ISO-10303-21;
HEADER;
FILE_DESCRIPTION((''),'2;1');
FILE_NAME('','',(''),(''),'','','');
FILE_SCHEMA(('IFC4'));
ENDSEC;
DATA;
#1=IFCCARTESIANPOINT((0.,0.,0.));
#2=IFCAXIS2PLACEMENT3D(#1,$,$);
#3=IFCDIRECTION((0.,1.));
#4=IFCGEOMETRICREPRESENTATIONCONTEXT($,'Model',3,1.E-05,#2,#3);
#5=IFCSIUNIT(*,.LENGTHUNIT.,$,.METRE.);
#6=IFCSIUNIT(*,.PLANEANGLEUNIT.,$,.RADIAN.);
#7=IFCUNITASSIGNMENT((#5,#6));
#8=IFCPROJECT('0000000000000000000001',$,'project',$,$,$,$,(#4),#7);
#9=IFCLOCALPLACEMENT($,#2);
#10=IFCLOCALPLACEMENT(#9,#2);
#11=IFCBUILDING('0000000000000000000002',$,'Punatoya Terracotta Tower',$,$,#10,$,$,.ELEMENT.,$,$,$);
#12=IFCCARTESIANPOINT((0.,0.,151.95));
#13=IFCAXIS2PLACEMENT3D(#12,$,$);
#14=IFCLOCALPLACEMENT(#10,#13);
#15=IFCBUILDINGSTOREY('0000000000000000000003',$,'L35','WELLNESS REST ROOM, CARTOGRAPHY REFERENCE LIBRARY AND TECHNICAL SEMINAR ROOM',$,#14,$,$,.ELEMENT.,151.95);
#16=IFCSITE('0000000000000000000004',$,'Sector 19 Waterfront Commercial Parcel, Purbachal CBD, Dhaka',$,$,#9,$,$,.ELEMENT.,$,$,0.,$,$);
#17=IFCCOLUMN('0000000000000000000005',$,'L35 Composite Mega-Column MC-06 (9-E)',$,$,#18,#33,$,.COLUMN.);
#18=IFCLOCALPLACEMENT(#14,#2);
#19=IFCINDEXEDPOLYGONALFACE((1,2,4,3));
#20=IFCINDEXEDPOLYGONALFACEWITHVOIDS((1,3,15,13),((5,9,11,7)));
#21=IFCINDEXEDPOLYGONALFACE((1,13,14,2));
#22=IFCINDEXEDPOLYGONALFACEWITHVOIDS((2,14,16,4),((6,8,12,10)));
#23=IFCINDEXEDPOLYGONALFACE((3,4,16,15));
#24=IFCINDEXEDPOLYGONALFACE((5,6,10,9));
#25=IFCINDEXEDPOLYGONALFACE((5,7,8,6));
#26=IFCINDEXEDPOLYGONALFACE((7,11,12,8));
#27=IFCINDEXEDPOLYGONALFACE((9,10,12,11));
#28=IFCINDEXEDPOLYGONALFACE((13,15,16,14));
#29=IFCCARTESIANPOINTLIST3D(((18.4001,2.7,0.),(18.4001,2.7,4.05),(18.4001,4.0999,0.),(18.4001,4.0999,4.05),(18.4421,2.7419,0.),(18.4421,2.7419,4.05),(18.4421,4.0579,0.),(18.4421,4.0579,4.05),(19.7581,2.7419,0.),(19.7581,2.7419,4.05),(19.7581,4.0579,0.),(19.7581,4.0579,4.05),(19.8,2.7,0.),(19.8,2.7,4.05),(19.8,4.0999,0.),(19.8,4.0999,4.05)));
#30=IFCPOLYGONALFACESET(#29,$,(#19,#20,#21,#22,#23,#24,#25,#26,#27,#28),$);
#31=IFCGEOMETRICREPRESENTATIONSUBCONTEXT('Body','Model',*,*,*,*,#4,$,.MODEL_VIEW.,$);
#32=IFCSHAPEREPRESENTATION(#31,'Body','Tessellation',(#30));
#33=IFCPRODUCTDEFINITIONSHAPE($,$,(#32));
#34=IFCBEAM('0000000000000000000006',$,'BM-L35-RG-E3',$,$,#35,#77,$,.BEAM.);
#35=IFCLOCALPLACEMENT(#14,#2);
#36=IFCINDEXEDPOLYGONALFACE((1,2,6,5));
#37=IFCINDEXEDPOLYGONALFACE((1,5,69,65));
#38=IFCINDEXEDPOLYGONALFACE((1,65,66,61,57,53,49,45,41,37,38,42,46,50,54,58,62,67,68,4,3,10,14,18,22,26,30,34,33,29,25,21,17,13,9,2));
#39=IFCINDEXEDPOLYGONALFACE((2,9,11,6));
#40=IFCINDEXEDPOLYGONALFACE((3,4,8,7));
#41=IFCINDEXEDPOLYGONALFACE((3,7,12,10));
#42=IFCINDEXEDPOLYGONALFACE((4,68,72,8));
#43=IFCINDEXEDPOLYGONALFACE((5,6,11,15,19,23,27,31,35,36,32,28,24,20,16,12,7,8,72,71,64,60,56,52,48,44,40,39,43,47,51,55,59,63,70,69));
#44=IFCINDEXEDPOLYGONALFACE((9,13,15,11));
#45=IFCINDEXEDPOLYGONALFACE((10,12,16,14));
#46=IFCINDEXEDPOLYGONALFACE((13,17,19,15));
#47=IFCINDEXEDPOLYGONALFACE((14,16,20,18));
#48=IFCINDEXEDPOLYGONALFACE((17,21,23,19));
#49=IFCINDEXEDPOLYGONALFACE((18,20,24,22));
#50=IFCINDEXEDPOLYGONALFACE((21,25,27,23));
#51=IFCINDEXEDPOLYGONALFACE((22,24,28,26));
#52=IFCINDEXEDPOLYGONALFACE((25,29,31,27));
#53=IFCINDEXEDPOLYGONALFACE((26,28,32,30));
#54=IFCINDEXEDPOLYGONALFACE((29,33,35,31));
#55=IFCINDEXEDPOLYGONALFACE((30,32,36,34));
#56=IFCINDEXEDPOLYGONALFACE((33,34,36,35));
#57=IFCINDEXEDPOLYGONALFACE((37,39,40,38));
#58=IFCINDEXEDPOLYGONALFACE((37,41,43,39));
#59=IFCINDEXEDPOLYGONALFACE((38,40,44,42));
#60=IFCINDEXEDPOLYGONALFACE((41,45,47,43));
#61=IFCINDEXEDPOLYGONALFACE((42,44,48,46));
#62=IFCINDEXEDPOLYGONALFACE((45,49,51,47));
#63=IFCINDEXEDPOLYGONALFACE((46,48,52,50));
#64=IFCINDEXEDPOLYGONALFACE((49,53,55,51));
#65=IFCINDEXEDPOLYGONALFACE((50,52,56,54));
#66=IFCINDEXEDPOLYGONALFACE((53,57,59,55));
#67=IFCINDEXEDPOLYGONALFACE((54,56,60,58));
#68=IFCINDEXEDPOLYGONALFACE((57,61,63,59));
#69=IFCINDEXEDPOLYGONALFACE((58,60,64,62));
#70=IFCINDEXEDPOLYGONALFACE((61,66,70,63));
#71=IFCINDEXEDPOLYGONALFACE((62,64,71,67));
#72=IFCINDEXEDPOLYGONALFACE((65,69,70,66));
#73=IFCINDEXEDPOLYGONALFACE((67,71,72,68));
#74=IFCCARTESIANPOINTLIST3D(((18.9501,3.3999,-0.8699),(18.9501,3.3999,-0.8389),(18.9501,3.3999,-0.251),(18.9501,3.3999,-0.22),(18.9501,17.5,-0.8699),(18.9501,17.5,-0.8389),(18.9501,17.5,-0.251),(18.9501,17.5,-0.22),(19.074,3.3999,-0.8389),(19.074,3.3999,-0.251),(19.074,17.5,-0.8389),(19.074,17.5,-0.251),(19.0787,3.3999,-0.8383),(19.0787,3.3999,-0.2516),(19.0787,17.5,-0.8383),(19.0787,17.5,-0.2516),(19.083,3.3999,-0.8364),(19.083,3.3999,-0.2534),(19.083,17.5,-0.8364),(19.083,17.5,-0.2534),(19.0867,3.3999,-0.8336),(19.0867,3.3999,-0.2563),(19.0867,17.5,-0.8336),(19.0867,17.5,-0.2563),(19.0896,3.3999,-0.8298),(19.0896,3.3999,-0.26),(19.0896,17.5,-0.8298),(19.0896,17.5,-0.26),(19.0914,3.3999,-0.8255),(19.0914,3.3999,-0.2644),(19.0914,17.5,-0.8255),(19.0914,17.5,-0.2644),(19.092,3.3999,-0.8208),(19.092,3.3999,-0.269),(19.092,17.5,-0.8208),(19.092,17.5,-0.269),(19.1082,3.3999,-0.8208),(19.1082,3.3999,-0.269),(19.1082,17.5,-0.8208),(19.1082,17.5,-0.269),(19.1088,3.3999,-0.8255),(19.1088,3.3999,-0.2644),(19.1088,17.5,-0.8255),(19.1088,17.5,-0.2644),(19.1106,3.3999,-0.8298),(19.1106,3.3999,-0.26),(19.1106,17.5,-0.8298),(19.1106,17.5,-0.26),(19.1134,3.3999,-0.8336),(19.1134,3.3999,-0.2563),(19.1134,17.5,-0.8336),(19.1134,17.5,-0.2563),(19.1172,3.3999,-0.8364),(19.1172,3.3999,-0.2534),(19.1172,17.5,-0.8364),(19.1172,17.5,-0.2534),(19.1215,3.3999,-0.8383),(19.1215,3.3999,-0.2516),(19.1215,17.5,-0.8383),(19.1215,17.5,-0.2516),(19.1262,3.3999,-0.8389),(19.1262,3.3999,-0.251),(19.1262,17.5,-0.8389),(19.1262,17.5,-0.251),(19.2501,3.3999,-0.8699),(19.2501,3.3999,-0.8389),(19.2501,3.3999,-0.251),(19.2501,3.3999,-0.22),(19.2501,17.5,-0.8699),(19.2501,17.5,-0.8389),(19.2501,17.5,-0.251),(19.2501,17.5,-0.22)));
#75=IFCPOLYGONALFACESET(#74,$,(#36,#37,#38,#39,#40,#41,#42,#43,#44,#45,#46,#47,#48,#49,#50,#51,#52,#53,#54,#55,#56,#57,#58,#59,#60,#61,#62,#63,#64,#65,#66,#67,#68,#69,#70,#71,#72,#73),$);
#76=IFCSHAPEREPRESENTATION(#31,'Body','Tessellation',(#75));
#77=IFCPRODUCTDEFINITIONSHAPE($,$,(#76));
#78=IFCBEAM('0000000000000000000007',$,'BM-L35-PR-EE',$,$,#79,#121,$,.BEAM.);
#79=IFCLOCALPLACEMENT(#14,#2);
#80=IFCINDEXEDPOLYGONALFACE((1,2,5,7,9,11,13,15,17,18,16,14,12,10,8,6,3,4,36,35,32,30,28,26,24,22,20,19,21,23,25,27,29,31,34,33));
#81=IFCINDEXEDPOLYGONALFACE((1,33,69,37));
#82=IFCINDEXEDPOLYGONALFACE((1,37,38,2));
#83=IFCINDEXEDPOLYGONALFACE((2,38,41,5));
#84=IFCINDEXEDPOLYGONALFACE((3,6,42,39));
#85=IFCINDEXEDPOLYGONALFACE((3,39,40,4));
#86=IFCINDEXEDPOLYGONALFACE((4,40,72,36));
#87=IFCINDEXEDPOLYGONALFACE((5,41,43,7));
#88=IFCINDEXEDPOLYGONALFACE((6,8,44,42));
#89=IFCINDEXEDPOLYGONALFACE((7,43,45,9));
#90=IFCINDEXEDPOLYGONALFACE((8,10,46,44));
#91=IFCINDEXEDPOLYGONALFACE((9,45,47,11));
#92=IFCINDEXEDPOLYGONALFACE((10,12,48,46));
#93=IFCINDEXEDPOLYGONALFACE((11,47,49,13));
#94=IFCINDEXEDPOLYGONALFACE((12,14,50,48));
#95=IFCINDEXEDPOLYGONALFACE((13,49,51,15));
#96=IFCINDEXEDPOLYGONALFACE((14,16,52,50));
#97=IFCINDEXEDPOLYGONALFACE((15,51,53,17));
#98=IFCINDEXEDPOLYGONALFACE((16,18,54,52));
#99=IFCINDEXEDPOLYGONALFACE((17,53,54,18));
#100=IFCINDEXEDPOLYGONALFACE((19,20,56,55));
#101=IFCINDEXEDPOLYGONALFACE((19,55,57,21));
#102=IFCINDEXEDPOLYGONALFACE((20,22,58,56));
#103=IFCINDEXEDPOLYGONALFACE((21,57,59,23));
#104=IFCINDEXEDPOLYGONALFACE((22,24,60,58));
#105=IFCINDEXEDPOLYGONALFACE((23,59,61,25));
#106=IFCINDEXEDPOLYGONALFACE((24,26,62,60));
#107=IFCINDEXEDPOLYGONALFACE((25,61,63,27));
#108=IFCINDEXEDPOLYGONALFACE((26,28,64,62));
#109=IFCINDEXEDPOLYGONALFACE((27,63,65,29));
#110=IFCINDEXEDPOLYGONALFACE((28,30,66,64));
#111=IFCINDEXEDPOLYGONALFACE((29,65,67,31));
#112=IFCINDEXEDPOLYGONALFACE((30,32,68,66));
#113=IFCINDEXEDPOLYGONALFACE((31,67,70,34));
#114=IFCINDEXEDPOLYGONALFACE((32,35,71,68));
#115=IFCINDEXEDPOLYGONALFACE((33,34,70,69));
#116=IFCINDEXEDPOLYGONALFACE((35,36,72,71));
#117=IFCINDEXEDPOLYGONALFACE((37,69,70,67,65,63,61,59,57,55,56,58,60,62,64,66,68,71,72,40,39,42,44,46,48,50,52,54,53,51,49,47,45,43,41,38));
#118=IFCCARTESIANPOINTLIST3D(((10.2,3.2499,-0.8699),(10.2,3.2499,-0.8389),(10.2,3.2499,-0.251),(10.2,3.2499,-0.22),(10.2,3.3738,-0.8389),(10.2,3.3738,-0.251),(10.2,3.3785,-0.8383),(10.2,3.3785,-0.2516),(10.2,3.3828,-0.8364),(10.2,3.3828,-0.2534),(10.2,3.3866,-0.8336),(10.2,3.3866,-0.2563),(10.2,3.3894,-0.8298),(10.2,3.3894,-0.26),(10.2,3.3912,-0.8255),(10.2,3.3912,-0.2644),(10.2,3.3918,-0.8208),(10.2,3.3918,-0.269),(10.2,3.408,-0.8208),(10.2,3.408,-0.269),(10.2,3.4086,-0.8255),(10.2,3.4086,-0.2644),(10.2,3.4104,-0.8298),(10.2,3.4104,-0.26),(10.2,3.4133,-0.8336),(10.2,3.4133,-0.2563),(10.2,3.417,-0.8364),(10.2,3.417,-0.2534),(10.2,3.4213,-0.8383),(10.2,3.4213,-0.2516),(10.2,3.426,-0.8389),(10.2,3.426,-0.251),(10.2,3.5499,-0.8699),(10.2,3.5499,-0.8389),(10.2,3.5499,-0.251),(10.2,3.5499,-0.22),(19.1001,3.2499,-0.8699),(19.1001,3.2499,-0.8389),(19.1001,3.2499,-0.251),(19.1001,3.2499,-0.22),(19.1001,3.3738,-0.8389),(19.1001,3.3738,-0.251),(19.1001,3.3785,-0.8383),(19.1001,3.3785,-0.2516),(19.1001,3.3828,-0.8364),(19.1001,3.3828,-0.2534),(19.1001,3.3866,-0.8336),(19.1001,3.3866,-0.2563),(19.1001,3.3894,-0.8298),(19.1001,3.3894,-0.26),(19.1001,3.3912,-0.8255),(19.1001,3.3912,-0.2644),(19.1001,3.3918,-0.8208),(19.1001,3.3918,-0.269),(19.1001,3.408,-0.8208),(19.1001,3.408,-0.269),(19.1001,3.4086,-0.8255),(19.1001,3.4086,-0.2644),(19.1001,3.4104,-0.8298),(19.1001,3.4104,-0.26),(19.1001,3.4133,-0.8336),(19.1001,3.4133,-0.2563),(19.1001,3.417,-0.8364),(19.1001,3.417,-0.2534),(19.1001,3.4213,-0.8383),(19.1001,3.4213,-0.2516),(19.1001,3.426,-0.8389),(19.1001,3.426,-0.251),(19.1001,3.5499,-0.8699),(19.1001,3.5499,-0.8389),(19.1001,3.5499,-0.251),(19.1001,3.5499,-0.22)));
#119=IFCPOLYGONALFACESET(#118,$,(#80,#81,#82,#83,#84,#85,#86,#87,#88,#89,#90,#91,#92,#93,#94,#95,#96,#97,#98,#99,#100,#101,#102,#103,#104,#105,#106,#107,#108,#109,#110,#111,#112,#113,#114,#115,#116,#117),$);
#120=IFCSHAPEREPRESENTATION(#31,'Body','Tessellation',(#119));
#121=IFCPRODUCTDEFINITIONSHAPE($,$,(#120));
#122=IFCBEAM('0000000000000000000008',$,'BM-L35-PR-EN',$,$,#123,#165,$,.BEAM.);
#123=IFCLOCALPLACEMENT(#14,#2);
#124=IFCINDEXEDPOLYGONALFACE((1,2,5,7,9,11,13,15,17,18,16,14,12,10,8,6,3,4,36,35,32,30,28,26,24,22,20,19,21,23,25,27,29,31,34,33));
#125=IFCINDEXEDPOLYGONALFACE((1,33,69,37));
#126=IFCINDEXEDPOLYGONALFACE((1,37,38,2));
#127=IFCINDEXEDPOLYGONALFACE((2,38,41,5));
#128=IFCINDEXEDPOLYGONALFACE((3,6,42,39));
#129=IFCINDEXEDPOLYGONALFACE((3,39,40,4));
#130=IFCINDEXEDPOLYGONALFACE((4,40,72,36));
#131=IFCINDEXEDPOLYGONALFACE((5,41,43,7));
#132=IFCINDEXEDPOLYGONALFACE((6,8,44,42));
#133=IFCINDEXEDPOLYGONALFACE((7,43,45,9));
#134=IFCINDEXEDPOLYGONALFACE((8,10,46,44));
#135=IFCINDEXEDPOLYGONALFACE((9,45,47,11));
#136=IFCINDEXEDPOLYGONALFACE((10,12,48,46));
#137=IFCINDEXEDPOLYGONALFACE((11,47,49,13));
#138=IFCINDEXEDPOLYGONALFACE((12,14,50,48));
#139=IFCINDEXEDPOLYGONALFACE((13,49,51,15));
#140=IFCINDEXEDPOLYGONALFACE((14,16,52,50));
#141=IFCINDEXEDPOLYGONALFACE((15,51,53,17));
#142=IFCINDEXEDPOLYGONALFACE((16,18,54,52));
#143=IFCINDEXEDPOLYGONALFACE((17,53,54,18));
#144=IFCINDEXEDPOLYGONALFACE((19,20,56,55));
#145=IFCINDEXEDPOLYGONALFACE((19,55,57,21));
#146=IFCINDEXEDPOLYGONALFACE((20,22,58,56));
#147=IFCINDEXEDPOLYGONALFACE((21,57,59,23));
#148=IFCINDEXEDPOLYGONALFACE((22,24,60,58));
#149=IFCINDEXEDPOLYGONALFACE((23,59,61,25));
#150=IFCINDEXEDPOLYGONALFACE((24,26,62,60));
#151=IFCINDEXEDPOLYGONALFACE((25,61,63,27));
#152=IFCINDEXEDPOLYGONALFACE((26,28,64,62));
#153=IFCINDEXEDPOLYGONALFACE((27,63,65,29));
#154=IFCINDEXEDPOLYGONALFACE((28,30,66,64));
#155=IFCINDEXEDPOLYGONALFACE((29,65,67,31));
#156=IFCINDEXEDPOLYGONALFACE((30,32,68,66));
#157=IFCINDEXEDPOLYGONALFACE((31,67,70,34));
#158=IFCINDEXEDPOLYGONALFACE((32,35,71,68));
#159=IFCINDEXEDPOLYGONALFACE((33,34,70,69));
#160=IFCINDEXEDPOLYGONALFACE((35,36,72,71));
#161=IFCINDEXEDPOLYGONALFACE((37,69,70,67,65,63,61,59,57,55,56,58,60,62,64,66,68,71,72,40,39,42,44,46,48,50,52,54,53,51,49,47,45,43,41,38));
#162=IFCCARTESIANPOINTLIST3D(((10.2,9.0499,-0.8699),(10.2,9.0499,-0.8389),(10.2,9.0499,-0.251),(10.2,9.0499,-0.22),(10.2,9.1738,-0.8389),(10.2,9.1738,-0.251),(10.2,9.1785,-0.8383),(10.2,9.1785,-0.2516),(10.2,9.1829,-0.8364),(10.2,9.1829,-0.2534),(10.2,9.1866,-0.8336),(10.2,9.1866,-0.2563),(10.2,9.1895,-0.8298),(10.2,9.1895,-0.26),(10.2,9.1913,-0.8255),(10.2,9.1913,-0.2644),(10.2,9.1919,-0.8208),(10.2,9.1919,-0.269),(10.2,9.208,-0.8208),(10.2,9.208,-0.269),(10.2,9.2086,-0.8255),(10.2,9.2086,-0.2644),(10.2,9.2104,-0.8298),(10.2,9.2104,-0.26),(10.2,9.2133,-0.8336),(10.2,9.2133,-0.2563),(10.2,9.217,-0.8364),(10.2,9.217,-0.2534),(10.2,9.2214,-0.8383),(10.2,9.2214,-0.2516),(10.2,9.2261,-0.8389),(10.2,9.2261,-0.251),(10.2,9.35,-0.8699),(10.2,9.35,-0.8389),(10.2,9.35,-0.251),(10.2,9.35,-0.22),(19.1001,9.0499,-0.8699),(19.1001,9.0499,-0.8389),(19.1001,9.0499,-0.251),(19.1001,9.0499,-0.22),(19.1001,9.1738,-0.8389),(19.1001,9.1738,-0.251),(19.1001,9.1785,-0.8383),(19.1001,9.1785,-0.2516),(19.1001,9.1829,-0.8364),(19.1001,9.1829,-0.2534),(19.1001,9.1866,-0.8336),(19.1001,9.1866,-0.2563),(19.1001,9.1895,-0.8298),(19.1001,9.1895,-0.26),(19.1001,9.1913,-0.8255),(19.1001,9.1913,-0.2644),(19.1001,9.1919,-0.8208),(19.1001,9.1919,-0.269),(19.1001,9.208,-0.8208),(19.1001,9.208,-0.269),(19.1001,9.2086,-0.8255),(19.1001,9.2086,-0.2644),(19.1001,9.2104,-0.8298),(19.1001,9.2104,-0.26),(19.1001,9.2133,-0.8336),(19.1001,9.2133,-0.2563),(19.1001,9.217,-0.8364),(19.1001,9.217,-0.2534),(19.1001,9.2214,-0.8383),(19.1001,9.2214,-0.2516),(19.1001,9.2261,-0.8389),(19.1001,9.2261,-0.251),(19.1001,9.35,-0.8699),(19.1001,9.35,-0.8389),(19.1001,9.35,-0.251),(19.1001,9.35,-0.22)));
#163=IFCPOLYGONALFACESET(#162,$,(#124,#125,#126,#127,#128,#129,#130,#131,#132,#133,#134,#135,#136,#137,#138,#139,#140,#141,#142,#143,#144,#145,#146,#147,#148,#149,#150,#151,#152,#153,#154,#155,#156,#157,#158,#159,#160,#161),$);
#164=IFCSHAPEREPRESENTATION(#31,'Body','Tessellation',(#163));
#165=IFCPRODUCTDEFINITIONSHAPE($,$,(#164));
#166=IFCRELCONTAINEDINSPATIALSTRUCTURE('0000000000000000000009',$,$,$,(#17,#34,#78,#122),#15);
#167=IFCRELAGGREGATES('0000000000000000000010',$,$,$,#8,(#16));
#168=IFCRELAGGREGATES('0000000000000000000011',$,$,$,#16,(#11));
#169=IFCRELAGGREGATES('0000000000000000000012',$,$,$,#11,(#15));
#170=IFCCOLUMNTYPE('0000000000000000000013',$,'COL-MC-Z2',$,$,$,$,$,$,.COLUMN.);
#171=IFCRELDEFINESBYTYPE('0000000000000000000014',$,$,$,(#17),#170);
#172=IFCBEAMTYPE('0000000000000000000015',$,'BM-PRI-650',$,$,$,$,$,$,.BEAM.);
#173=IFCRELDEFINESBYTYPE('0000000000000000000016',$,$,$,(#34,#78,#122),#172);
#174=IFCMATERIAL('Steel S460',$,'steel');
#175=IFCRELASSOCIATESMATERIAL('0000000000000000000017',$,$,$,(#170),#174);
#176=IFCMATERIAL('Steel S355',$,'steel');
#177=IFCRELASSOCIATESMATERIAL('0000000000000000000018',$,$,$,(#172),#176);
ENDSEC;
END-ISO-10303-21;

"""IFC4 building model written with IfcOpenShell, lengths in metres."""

from ifc_helpers import new_model, si_unit, direction, frame, origin, origin_2d, place, context, subcontext, project, spatial, hollow_rectangle, i_section, extrude, material, material_profile, profile_set, type_object, element, save


model = new_model("IFC4")

# Units and contexts
model_context = context("Model", 3, precision=1e-05, world=origin(), true_north=direction((0.0, 1.0)))
body_context = subcontext(model_context, "Body", "Model", "MODEL_VIEW")
ifc_project = project(units=[si_unit("LENGTHUNIT", "METRE"), si_unit("PLANEANGLEUNIT", "RADIAN")], contexts=[model_context])

# Site, building, storey
site_placement = place(None, origin())
site = spatial("IfcSite", under=ifc_project, at=site_placement, Name="Sector 19 Waterfront Commercial Parcel, Purbachal CBD, Dhaka", CompositionType="ELEMENT", RefElevation=0.0)
building_placement = place(site_placement, origin())
building = spatial("IfcBuilding", under=site, at=building_placement, Name="Punatoya Terracotta Tower", CompositionType="ELEMENT")
storey_placement = place(building_placement, frame((0.0, 0.0, 151.95)))
storey = spatial("IfcBuildingStorey", under=building, at=storey_placement, Name="L35", Description="WELLNESS REST ROOM, CARTOGRAPHY REFERENCE LIBRARY AND TECHNICAL SEMINAR ROOM", CompositionType="ELEMENT", Elevation=151.95)

# Column
ifc_material_1 = material(Name="Steel S460", Category="steel")
ifc_material_profile_1 = material_profile(ifc_material_1, hollow_rectangle(XDim=1.3999, YDim=1.3999, WallThickness=0.042, at=origin_2d()))
ifc_profile_set_1 = profile_set([ifc_material_profile_1], Name="Steel S460")
column_type = type_object("IfcColumnType", Name="COL-MC-Z2", PredefinedType="COLUMN", material=ifc_profile_set_1)
column_placement = place(storey_placement, frame((19.1001, 3.3999, 0.0), z_axis=(0.0, 0.0, 1.0), x_axis=(1.0, 0.0, 0.0)))
element("IfcColumn", 1, at=column_placement, inside=storey, type_object=column_type, Name="L35 Composite Mega-Column MC-06 (9-E)", PredefinedType="COLUMN", context=body_context, shape_type="SweptSolid", body=[
    extrude(hollow_rectangle(XDim=1.3999, YDim=1.3999, WallThickness=0.042, at=origin_2d()), origin(), (0.0, 0.0, 1.0), 4.05),
])

# Beams
ifc_material_2 = material(Name="Steel S355", Category="steel")
ifc_material_profile_2 = material_profile(ifc_material_2, i_section(OverallWidth=0.3, OverallDepth=0.6499, WebThickness=0.0161, FlangeThickness=0.031, FilletRadius=0.0181, at=origin_2d()))
ifc_profile_set_2 = profile_set([ifc_material_profile_2], Name="Steel S355")
beam_type_1 = type_object("IfcBeamType", Name="BM-PRI-650", PredefinedType="BEAM", material=ifc_profile_set_2)
beam_1_placement = place(storey_placement, frame((19.1001, 3.3999, -0.5449), z_axis=(0.0, 1.0, 0.0), x_axis=(-1.0, 0.0, 0.0)))
element("IfcBeam", 2, at=beam_1_placement, inside=storey, type_object=beam_type_1, Name="BM-L35-RG-E3", PredefinedType="BEAM", context=body_context, shape_type="SweptSolid", body=[
    extrude(i_section(OverallWidth=0.3, OverallDepth=0.6499, WebThickness=0.0161, FlangeThickness=0.031, FilletRadius=0.0181, at=origin_2d()), origin(), (0.0, 0.0, 1.0), 14.1001),
])
for number, where, z_axis, x_axis, name in (
    (3, (10.2, 3.3999, -0.5449), (1.0, 0.0, 0.0), (0.0, 1.0, 0.0), "BM-L35-PR-EE"),
    (4, (10.2, 9.2, -0.5449), (1.0, 0.0, 0.0), (0.0, 1.0, 0.0), "BM-L35-PR-EN"),
):
    element("IfcBeam", number, at=place(storey_placement, frame(where, z_axis=z_axis, x_axis=x_axis)), inside=storey, type_object=beam_type_1, Name=name, PredefinedType="BEAM", context=body_context, shape_type="SweptSolid", body=[
        extrude(i_section(OverallWidth=0.3, OverallDepth=0.6499, WebThickness=0.0161, FlangeThickness=0.031, FilletRadius=0.0181, at=origin_2d()), origin(), (0.0, 0.0, 1.0), 8.9001),
    ])

save(model, "model.ifc")
